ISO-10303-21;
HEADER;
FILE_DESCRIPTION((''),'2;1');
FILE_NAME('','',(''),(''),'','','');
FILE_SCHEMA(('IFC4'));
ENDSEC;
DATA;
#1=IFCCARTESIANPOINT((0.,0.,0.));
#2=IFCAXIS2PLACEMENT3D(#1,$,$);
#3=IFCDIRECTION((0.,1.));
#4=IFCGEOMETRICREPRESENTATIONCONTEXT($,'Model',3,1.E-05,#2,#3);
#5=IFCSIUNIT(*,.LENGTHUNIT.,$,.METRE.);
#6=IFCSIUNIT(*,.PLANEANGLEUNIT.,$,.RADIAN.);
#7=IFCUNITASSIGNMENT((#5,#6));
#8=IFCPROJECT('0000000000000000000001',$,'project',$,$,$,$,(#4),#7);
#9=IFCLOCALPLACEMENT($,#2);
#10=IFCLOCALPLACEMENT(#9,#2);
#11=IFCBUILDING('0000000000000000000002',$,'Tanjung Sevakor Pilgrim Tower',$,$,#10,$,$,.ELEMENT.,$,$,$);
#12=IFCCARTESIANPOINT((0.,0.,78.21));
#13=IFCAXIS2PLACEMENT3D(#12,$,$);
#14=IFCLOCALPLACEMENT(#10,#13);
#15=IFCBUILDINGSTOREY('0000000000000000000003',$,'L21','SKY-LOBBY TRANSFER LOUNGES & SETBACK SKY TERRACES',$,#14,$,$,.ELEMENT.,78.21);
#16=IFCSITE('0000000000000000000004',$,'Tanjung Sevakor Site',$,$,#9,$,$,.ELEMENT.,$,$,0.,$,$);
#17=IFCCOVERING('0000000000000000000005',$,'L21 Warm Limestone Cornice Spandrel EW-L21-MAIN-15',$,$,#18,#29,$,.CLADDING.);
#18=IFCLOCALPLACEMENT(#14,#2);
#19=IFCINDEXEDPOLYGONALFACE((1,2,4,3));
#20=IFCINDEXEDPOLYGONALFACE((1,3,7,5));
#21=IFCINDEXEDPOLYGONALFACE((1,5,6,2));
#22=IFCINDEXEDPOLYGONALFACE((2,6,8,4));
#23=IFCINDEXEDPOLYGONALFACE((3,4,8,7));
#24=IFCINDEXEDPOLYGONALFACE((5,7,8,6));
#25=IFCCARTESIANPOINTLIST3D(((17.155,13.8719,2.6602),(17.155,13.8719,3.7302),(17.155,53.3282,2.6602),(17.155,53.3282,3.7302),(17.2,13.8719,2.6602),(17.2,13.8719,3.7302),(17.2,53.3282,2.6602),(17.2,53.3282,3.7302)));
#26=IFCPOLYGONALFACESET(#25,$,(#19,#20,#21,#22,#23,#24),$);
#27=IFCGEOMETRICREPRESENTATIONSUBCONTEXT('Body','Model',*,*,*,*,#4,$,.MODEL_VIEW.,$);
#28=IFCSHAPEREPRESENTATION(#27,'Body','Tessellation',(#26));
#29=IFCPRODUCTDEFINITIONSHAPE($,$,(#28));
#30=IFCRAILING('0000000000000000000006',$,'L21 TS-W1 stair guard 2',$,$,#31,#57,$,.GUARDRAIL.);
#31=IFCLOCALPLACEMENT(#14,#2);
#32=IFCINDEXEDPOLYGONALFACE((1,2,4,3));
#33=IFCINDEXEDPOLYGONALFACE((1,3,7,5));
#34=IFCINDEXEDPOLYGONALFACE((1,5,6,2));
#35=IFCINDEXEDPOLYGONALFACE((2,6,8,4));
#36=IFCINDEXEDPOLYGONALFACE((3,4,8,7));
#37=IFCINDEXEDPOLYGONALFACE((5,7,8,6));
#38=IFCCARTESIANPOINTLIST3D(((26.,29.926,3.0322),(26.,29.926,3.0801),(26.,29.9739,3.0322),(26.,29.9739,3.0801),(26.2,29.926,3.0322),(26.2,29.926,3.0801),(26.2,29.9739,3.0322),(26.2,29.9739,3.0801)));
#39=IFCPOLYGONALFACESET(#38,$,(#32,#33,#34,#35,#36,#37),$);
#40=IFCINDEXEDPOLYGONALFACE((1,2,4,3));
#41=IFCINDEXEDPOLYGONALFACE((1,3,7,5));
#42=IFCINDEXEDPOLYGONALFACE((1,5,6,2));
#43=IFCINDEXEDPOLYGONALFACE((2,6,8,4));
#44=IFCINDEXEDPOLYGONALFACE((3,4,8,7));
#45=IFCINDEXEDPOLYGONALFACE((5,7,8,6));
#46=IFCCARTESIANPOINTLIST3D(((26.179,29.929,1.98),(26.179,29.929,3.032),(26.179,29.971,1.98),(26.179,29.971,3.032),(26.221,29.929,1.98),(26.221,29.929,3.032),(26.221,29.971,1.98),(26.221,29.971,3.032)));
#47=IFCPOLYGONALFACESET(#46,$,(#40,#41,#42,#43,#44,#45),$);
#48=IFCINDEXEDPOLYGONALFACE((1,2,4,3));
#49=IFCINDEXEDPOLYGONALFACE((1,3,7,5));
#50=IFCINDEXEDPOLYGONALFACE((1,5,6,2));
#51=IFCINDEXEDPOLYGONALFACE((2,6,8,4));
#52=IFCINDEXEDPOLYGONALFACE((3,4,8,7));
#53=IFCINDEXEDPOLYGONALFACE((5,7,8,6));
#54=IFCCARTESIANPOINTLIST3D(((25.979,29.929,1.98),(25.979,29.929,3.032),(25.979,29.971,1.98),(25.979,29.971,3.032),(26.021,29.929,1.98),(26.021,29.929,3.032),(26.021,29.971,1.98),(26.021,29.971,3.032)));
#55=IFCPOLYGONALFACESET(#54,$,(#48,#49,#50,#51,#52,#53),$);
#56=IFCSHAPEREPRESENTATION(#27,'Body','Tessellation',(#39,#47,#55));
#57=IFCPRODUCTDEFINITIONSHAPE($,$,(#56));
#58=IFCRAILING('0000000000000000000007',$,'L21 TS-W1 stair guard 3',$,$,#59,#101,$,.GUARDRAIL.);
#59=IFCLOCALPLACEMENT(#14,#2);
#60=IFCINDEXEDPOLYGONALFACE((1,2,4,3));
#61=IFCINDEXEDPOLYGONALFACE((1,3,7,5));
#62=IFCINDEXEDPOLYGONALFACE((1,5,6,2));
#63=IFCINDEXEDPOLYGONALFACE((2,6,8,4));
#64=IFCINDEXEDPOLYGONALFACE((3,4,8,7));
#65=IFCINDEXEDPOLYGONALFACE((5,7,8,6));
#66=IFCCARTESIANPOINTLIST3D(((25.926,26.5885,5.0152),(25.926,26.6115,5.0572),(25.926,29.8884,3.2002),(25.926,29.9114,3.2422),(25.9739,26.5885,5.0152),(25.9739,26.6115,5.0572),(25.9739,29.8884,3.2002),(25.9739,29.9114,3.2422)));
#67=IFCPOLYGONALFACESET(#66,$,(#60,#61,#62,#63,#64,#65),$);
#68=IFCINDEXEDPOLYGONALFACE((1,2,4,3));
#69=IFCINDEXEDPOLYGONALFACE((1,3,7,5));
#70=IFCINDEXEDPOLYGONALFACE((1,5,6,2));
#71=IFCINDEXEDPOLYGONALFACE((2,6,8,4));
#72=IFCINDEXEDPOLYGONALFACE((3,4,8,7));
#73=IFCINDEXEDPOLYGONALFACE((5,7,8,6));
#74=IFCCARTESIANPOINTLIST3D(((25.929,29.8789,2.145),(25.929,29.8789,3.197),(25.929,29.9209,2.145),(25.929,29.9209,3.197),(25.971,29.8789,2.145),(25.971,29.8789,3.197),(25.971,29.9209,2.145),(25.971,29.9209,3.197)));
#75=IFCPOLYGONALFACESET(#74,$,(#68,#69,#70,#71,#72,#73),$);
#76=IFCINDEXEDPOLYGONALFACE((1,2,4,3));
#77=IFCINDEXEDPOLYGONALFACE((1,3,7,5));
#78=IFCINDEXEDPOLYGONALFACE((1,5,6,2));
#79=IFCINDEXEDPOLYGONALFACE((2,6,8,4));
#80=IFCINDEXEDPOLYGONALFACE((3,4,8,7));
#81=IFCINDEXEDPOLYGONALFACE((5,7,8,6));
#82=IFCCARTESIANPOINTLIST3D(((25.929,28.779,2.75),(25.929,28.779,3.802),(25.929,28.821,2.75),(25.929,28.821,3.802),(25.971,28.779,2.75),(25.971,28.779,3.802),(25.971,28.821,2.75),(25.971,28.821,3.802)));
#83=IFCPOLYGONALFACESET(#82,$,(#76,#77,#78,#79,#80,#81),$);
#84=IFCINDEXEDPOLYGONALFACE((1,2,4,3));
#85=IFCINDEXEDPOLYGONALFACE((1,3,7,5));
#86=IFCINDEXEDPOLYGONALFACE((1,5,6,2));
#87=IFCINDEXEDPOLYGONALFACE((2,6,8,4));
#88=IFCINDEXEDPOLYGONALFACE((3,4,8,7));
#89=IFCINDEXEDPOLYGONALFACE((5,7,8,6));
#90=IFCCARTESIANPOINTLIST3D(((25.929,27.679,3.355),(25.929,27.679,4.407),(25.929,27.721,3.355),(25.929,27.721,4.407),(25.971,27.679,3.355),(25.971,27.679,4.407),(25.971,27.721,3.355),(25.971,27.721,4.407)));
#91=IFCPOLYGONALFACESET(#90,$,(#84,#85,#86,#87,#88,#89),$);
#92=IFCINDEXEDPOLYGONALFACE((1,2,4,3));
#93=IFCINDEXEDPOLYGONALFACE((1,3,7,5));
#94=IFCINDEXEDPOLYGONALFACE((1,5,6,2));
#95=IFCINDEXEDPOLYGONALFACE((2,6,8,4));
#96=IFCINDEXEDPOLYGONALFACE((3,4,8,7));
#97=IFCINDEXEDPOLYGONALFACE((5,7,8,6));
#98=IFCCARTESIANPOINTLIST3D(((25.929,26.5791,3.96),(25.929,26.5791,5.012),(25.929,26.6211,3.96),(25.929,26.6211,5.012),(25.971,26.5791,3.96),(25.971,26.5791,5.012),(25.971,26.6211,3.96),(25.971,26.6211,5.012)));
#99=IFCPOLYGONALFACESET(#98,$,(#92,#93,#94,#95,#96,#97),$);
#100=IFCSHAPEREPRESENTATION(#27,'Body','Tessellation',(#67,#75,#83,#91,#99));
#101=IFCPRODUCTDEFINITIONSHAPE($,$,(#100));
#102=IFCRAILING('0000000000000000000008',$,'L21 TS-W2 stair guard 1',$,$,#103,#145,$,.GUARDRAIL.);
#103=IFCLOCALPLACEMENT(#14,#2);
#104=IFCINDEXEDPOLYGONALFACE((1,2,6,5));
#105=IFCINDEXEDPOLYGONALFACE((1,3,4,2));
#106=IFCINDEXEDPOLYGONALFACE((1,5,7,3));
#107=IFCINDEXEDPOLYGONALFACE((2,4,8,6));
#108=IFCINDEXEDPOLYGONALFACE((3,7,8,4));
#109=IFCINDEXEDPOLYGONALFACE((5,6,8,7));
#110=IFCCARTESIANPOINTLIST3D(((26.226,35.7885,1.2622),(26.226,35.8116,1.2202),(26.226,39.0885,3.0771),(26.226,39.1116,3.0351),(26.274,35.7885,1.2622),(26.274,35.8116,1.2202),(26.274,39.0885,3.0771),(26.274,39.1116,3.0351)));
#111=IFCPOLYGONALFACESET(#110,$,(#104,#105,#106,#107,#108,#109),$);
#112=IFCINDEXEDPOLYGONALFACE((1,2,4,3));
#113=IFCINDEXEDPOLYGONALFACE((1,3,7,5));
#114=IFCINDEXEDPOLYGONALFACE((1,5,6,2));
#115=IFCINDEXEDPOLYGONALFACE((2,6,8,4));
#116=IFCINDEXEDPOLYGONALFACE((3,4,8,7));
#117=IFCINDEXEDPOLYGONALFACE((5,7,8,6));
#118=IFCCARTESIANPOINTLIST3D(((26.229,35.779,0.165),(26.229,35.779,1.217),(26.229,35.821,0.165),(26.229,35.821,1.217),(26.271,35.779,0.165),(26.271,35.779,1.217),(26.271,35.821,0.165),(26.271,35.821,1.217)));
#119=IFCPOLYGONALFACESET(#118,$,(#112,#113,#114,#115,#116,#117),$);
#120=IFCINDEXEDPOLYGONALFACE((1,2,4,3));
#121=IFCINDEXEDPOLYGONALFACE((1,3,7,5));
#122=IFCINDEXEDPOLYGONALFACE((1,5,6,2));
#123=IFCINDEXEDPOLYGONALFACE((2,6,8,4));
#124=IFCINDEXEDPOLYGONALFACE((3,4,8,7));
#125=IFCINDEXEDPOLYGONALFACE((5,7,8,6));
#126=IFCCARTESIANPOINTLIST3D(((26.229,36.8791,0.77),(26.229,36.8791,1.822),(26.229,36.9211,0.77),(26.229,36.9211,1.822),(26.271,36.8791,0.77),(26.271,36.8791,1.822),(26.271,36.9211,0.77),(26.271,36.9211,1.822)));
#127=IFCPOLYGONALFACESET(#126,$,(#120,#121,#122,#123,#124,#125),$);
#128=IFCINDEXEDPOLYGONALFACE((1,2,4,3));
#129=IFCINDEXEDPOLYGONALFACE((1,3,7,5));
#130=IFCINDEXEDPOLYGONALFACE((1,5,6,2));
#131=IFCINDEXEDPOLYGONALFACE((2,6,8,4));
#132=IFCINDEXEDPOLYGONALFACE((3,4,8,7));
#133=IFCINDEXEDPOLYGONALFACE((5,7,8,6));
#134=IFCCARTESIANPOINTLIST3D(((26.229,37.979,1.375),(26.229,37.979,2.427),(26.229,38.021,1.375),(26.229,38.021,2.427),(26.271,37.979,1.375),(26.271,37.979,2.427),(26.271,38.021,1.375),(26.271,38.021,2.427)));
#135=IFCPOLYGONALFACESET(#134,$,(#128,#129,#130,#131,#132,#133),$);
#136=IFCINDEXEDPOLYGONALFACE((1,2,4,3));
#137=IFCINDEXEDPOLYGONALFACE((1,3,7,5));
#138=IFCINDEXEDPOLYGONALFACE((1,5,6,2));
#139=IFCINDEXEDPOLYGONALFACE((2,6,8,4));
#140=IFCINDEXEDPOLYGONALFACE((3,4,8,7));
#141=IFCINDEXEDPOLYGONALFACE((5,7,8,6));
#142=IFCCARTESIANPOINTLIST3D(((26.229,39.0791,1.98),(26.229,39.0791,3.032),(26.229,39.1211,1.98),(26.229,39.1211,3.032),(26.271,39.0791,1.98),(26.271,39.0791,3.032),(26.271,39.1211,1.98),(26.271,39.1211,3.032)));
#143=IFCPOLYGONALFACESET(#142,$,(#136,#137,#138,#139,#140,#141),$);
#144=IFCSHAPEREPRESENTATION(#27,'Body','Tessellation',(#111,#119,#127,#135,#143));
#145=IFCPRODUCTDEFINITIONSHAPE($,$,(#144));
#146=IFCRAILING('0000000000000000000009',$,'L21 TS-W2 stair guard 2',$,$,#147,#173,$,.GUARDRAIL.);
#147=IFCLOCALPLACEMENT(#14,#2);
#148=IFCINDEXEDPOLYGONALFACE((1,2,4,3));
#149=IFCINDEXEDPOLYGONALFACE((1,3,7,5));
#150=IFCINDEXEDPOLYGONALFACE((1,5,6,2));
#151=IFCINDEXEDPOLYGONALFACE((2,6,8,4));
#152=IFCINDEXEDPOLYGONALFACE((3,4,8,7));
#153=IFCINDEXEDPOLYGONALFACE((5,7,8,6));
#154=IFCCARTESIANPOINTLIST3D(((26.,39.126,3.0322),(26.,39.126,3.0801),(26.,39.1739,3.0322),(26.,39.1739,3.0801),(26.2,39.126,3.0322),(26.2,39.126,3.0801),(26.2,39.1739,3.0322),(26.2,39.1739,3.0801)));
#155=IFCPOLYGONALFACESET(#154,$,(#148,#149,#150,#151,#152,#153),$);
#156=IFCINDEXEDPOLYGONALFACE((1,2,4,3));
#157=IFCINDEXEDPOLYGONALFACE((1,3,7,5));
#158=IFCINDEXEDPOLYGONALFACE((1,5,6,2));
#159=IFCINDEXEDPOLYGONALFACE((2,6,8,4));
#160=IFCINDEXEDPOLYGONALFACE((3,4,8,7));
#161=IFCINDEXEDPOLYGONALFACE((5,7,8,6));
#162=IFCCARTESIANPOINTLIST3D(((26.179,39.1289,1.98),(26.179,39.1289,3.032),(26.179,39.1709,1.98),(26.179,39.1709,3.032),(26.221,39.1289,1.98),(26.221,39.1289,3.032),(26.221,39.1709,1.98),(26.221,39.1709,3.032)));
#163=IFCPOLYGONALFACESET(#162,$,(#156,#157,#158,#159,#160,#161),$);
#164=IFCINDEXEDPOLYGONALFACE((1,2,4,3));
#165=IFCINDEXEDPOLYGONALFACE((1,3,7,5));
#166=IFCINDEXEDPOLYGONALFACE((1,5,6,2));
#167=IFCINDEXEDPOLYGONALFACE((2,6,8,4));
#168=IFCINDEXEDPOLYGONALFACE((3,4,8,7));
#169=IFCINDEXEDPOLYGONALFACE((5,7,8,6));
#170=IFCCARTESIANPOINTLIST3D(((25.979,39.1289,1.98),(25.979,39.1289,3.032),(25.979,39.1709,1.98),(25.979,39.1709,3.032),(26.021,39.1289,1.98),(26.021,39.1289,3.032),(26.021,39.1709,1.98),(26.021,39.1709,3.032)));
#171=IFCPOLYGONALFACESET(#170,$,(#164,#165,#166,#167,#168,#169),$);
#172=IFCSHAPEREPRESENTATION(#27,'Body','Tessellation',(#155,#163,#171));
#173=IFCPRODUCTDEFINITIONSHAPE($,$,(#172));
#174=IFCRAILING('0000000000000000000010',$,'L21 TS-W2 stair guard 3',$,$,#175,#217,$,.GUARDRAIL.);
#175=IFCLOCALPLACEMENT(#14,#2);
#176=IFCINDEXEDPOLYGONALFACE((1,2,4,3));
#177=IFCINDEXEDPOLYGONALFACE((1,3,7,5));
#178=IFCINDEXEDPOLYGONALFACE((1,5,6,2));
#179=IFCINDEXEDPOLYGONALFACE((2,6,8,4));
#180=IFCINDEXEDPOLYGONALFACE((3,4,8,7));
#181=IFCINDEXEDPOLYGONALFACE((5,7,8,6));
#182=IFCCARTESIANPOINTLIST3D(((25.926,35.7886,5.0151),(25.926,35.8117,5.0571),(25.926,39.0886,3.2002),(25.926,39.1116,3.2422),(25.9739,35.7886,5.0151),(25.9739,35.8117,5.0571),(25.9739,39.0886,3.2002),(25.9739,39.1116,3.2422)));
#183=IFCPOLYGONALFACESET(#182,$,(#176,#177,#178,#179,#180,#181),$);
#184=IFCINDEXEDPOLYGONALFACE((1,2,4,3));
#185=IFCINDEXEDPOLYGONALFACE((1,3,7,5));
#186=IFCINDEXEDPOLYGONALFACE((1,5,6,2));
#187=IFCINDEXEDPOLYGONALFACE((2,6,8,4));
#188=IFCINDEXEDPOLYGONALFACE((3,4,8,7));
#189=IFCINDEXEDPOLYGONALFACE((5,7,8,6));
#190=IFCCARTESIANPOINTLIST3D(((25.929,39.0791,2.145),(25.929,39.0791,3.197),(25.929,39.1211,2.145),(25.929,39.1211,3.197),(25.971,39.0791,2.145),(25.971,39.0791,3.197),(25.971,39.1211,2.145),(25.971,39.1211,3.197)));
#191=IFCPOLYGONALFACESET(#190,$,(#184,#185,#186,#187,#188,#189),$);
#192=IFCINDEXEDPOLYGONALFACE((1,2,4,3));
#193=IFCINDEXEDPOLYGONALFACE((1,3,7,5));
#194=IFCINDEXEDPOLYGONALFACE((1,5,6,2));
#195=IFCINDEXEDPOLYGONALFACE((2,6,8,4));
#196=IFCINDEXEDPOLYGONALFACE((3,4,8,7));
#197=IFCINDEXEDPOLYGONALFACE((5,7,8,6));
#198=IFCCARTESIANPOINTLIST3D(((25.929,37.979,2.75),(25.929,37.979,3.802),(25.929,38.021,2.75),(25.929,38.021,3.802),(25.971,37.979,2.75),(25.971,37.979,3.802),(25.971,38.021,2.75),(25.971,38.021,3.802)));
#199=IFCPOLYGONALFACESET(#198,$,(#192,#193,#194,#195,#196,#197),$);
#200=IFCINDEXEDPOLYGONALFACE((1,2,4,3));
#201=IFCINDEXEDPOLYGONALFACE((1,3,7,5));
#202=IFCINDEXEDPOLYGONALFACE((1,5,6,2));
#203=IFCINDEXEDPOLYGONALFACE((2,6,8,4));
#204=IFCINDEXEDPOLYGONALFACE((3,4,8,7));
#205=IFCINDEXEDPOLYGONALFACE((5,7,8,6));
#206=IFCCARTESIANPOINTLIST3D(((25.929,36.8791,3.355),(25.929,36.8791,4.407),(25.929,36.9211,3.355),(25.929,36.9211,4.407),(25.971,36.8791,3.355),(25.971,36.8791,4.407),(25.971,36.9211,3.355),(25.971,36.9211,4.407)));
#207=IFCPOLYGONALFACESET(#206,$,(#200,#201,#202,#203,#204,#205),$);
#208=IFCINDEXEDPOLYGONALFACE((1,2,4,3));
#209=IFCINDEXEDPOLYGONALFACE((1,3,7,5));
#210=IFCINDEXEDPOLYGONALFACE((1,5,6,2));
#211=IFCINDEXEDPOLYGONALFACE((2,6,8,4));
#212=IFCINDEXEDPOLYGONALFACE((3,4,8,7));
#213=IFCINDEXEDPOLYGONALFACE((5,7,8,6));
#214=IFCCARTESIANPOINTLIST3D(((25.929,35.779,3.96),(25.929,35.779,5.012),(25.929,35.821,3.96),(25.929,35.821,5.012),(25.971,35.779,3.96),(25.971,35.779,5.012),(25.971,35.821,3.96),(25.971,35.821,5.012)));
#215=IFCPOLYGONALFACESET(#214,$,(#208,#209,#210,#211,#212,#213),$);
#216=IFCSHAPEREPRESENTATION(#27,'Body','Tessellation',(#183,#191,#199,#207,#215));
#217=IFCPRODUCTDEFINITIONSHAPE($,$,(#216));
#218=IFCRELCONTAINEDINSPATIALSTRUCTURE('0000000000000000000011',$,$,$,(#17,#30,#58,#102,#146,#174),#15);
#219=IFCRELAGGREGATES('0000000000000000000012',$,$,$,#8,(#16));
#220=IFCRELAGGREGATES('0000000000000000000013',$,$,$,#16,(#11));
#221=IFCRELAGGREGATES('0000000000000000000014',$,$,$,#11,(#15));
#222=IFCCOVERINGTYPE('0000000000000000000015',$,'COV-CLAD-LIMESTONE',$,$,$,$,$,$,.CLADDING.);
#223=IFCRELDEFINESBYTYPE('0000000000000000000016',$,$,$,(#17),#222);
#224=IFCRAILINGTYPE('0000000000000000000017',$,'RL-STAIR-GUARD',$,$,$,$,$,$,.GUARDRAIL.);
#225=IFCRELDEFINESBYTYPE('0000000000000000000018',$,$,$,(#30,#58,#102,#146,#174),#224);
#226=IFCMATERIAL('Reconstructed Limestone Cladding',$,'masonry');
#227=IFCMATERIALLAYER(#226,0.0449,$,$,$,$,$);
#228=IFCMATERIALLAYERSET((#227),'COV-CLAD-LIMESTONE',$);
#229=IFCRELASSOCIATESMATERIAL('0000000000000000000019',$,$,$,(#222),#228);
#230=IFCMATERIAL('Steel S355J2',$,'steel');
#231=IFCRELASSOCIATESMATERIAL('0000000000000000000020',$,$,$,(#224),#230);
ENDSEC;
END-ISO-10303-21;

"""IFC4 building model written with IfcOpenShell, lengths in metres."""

from ifc_helpers import new_model, si_unit, direction, frame, origin, origin_2d, place, context, subcontext, project, spatial, rectangle, extrude, material, layer, layer_set, type_object, element, save


model = new_model("IFC4")

# Units and contexts
model_context = context("Model", 3, precision=1e-05, world=origin(), true_north=direction((0.0, 1.0)))
body_context = subcontext(model_context, "Body", "Model", "MODEL_VIEW")
ifc_project = project(units=[si_unit("LENGTHUNIT", "METRE"), si_unit("PLANEANGLEUNIT", "RADIAN")], contexts=[model_context])

# Site, building, storey
site_placement = place(None, origin())
site = spatial("IfcSite", under=ifc_project, at=site_placement, Name="Tanjung Sevakor Site", CompositionType="ELEMENT", RefElevation=0.0)
building_placement = place(site_placement, origin())
building = spatial("IfcBuilding", under=site, at=building_placement, Name="Tanjung Sevakor Pilgrim Tower", CompositionType="ELEMENT")
storey_placement = place(building_placement, frame((0.0, 0.0, 78.21)))
storey = spatial("IfcBuildingStorey", under=building, at=storey_placement, Name="L21", Description="SKY-LOBBY TRANSFER LOUNGES & SETBACK SKY TERRACES", CompositionType="ELEMENT", Elevation=78.21)

# Covering
ifc_material_1 = material(Name="Reconstructed Limestone Cladding", Category="masonry")
ifc_layer_1 = layer(ifc_material_1, 0.0449)
ifc_layer_set_1 = layer_set([ifc_layer_1], Name="COV-CLAD-LIMESTONE")
covering_type = type_object("IfcCoveringType", Name="COV-CLAD-LIMESTONE", PredefinedType="CLADDING", material=ifc_layer_set_1)
covering_1_placement = place(storey_placement, frame((17.1775, 33.6001, 2.6602), z_axis=(0.0, 0.0, 1.0), x_axis=(0.0, -1.0, 0.0)))
element("IfcCovering", 1, at=covering_1_placement, inside=storey, type_object=covering_type, Name="L21 Warm Limestone Cornice Spandrel EW-L21-MAIN-15", PredefinedType="CLADDING", context=body_context, shape_type="SweptSolid", body=[
    extrude(rectangle(XDim=39.4563, YDim=0.0449, at=origin_2d()), origin(), (0.0, 0.0, 1.0), 1.0701),
])

# Railings
ifc_material_2 = material(Name="Steel S355J2", Category="steel")
railing_type_1 = type_object("IfcRailingType", Name="RL-STAIR-GUARD", PredefinedType="GUARDRAIL", material=ifc_material_2)
railing_1_placement = place(storey_placement, frame((26.2, 29.95, 1.98)))
element("IfcRailing", 2, at=railing_1_placement, inside=storey, type_object=railing_type_1, Name="L21 TS-W1 stair guard 2", PredefinedType="GUARDRAIL", context=body_context, shape_type="SweptSolid", body=[
    extrude(rectangle(XDim=0.0479, YDim=0.0479), frame((0.0, 0.0, 1.0762), z_axis=(-1.0, 0.0, 0.0), x_axis=(0.0, -1.0, 0.0)), (0.0, 0.0, 1.0), 0.2),
    extrude(rectangle(XDim=0.042, YDim=0.042), origin(), (0.0, 0.0, 1.0), 1.052),
    extrude(rectangle(XDim=0.042, YDim=0.042), frame((-0.2, 0.0, 0.0)), (0.0, 0.0, 1.0), 1.052),
])
railing_2_placement = place(storey_placement, frame((25.95, 29.8999, 2.145)))
element("IfcRailing", 3, at=railing_2_placement, inside=storey, type_object=railing_type_1, Name="L21 TS-W1 stair guard 3", PredefinedType="GUARDRAIL", context=body_context, shape_type="SweptSolid", body=[
    extrude(rectangle(XDim=0.0479, YDim=0.0479), frame((0.0, 0.0, 1.0762), z_axis=(0.0, -0.87621, 0.481929), x_axis=(1.0, 0.0, 0.0)), (0.0, 0.0, 1.0), 3.7661),
    extrude(rectangle(XDim=0.042, YDim=0.042), origin(), (0.0, 0.0, 1.0), 1.052),
    extrude(rectangle(XDim=0.042, YDim=0.042), frame((0.0, -1.0999, 0.605)), (0.0, 0.0, 1.0), 1.052),
    extrude(rectangle(XDim=0.042, YDim=0.042), frame((0.0, -2.2, 1.21)), (0.0, 0.0, 1.0), 1.052),
    extrude(rectangle(XDim=0.042, YDim=0.042), frame((0.0, -3.2998, 1.8149)), (0.0, 0.0, 1.0), 1.052),
])
railing_3_placement = place(storey_placement, frame((26.25, 35.8, 0.165)))
element("IfcRailing", 4, at=railing_3_placement, inside=storey, type_object=railing_type_1, Name="L21 TS-W2 stair guard 1", PredefinedType="GUARDRAIL", context=body_context, shape_type="SweptSolid", body=[
    extrude(rectangle(XDim=0.0479, YDim=0.0479), frame((0.0, 0.0, 1.0762), z_axis=(0.0, 0.876225, 0.481901), x_axis=(-1.0, 0.0, 0.0)), (0.0, 0.0, 1.0), 3.7661),
    extrude(rectangle(XDim=0.042, YDim=0.042), origin(), (0.0, 0.0, 1.0), 1.052),
    extrude(rectangle(XDim=0.042, YDim=0.042), frame((0.0, 1.1001, 0.605)), (0.0, 0.0, 1.0), 1.052),
    extrude(rectangle(XDim=0.042, YDim=0.042), frame((0.0, 2.2, 1.21)), (0.0, 0.0, 1.0), 1.052),
    extrude(rectangle(XDim=0.042, YDim=0.042), frame((0.0, 3.3, 1.8149)), (0.0, 0.0, 1.0), 1.052),
])
railing_4_placement = place(storey_placement, frame((26.2, 39.1499, 1.98)))
element("IfcRailing", 5, at=railing_4_placement, inside=storey, type_object=railing_type_1, Name="L21 TS-W2 stair guard 2", PredefinedType="GUARDRAIL", context=body_context, shape_type="SweptSolid", body=[
    extrude(rectangle(XDim=0.0479, YDim=0.0479), frame((0.0, 0.0, 1.0762), z_axis=(-1.0, 0.0, 0.0), x_axis=(0.0, -1.0, 0.0)), (0.0, 0.0, 1.0), 0.2),
    extrude(rectangle(XDim=0.042, YDim=0.042), origin(), (0.0, 0.0, 1.0), 1.052),
    extrude(rectangle(XDim=0.042, YDim=0.042), frame((-0.2, 0.0, 0.0)), (0.0, 0.0, 1.0), 1.052),
])
railing_5_placement = place(storey_placement, frame((25.95, 39.1001, 2.145)))
element("IfcRailing", 6, at=railing_5_placement, inside=storey, type_object=railing_type_1, Name="L21 TS-W2 stair guard 3", PredefinedType="GUARDRAIL", context=body_context, shape_type="SweptSolid", body=[
    extrude(rectangle(XDim=0.0479, YDim=0.0479), frame((0.0, 0.0, 1.0762), z_axis=(0.0, -0.876225, 0.481901), x_axis=(1.0, 0.0, 0.0)), (0.0, 0.0, 1.0), 3.7661),
    extrude(rectangle(XDim=0.042, YDim=0.042), origin(), (0.0, 0.0, 1.0), 1.052),
    extrude(rectangle(XDim=0.042, YDim=0.042), frame((0.0, -1.1001, 0.605)), (0.0, 0.0, 1.0), 1.052),
    extrude(rectangle(XDim=0.042, YDim=0.042), frame((0.0, -2.2, 1.21)), (0.0, 0.0, 1.0), 1.052),
    extrude(rectangle(XDim=0.042, YDim=0.042), frame((0.0, -3.3, 1.8149)), (0.0, 0.0, 1.0), 1.052),
])

save(model, "model.ifc")
